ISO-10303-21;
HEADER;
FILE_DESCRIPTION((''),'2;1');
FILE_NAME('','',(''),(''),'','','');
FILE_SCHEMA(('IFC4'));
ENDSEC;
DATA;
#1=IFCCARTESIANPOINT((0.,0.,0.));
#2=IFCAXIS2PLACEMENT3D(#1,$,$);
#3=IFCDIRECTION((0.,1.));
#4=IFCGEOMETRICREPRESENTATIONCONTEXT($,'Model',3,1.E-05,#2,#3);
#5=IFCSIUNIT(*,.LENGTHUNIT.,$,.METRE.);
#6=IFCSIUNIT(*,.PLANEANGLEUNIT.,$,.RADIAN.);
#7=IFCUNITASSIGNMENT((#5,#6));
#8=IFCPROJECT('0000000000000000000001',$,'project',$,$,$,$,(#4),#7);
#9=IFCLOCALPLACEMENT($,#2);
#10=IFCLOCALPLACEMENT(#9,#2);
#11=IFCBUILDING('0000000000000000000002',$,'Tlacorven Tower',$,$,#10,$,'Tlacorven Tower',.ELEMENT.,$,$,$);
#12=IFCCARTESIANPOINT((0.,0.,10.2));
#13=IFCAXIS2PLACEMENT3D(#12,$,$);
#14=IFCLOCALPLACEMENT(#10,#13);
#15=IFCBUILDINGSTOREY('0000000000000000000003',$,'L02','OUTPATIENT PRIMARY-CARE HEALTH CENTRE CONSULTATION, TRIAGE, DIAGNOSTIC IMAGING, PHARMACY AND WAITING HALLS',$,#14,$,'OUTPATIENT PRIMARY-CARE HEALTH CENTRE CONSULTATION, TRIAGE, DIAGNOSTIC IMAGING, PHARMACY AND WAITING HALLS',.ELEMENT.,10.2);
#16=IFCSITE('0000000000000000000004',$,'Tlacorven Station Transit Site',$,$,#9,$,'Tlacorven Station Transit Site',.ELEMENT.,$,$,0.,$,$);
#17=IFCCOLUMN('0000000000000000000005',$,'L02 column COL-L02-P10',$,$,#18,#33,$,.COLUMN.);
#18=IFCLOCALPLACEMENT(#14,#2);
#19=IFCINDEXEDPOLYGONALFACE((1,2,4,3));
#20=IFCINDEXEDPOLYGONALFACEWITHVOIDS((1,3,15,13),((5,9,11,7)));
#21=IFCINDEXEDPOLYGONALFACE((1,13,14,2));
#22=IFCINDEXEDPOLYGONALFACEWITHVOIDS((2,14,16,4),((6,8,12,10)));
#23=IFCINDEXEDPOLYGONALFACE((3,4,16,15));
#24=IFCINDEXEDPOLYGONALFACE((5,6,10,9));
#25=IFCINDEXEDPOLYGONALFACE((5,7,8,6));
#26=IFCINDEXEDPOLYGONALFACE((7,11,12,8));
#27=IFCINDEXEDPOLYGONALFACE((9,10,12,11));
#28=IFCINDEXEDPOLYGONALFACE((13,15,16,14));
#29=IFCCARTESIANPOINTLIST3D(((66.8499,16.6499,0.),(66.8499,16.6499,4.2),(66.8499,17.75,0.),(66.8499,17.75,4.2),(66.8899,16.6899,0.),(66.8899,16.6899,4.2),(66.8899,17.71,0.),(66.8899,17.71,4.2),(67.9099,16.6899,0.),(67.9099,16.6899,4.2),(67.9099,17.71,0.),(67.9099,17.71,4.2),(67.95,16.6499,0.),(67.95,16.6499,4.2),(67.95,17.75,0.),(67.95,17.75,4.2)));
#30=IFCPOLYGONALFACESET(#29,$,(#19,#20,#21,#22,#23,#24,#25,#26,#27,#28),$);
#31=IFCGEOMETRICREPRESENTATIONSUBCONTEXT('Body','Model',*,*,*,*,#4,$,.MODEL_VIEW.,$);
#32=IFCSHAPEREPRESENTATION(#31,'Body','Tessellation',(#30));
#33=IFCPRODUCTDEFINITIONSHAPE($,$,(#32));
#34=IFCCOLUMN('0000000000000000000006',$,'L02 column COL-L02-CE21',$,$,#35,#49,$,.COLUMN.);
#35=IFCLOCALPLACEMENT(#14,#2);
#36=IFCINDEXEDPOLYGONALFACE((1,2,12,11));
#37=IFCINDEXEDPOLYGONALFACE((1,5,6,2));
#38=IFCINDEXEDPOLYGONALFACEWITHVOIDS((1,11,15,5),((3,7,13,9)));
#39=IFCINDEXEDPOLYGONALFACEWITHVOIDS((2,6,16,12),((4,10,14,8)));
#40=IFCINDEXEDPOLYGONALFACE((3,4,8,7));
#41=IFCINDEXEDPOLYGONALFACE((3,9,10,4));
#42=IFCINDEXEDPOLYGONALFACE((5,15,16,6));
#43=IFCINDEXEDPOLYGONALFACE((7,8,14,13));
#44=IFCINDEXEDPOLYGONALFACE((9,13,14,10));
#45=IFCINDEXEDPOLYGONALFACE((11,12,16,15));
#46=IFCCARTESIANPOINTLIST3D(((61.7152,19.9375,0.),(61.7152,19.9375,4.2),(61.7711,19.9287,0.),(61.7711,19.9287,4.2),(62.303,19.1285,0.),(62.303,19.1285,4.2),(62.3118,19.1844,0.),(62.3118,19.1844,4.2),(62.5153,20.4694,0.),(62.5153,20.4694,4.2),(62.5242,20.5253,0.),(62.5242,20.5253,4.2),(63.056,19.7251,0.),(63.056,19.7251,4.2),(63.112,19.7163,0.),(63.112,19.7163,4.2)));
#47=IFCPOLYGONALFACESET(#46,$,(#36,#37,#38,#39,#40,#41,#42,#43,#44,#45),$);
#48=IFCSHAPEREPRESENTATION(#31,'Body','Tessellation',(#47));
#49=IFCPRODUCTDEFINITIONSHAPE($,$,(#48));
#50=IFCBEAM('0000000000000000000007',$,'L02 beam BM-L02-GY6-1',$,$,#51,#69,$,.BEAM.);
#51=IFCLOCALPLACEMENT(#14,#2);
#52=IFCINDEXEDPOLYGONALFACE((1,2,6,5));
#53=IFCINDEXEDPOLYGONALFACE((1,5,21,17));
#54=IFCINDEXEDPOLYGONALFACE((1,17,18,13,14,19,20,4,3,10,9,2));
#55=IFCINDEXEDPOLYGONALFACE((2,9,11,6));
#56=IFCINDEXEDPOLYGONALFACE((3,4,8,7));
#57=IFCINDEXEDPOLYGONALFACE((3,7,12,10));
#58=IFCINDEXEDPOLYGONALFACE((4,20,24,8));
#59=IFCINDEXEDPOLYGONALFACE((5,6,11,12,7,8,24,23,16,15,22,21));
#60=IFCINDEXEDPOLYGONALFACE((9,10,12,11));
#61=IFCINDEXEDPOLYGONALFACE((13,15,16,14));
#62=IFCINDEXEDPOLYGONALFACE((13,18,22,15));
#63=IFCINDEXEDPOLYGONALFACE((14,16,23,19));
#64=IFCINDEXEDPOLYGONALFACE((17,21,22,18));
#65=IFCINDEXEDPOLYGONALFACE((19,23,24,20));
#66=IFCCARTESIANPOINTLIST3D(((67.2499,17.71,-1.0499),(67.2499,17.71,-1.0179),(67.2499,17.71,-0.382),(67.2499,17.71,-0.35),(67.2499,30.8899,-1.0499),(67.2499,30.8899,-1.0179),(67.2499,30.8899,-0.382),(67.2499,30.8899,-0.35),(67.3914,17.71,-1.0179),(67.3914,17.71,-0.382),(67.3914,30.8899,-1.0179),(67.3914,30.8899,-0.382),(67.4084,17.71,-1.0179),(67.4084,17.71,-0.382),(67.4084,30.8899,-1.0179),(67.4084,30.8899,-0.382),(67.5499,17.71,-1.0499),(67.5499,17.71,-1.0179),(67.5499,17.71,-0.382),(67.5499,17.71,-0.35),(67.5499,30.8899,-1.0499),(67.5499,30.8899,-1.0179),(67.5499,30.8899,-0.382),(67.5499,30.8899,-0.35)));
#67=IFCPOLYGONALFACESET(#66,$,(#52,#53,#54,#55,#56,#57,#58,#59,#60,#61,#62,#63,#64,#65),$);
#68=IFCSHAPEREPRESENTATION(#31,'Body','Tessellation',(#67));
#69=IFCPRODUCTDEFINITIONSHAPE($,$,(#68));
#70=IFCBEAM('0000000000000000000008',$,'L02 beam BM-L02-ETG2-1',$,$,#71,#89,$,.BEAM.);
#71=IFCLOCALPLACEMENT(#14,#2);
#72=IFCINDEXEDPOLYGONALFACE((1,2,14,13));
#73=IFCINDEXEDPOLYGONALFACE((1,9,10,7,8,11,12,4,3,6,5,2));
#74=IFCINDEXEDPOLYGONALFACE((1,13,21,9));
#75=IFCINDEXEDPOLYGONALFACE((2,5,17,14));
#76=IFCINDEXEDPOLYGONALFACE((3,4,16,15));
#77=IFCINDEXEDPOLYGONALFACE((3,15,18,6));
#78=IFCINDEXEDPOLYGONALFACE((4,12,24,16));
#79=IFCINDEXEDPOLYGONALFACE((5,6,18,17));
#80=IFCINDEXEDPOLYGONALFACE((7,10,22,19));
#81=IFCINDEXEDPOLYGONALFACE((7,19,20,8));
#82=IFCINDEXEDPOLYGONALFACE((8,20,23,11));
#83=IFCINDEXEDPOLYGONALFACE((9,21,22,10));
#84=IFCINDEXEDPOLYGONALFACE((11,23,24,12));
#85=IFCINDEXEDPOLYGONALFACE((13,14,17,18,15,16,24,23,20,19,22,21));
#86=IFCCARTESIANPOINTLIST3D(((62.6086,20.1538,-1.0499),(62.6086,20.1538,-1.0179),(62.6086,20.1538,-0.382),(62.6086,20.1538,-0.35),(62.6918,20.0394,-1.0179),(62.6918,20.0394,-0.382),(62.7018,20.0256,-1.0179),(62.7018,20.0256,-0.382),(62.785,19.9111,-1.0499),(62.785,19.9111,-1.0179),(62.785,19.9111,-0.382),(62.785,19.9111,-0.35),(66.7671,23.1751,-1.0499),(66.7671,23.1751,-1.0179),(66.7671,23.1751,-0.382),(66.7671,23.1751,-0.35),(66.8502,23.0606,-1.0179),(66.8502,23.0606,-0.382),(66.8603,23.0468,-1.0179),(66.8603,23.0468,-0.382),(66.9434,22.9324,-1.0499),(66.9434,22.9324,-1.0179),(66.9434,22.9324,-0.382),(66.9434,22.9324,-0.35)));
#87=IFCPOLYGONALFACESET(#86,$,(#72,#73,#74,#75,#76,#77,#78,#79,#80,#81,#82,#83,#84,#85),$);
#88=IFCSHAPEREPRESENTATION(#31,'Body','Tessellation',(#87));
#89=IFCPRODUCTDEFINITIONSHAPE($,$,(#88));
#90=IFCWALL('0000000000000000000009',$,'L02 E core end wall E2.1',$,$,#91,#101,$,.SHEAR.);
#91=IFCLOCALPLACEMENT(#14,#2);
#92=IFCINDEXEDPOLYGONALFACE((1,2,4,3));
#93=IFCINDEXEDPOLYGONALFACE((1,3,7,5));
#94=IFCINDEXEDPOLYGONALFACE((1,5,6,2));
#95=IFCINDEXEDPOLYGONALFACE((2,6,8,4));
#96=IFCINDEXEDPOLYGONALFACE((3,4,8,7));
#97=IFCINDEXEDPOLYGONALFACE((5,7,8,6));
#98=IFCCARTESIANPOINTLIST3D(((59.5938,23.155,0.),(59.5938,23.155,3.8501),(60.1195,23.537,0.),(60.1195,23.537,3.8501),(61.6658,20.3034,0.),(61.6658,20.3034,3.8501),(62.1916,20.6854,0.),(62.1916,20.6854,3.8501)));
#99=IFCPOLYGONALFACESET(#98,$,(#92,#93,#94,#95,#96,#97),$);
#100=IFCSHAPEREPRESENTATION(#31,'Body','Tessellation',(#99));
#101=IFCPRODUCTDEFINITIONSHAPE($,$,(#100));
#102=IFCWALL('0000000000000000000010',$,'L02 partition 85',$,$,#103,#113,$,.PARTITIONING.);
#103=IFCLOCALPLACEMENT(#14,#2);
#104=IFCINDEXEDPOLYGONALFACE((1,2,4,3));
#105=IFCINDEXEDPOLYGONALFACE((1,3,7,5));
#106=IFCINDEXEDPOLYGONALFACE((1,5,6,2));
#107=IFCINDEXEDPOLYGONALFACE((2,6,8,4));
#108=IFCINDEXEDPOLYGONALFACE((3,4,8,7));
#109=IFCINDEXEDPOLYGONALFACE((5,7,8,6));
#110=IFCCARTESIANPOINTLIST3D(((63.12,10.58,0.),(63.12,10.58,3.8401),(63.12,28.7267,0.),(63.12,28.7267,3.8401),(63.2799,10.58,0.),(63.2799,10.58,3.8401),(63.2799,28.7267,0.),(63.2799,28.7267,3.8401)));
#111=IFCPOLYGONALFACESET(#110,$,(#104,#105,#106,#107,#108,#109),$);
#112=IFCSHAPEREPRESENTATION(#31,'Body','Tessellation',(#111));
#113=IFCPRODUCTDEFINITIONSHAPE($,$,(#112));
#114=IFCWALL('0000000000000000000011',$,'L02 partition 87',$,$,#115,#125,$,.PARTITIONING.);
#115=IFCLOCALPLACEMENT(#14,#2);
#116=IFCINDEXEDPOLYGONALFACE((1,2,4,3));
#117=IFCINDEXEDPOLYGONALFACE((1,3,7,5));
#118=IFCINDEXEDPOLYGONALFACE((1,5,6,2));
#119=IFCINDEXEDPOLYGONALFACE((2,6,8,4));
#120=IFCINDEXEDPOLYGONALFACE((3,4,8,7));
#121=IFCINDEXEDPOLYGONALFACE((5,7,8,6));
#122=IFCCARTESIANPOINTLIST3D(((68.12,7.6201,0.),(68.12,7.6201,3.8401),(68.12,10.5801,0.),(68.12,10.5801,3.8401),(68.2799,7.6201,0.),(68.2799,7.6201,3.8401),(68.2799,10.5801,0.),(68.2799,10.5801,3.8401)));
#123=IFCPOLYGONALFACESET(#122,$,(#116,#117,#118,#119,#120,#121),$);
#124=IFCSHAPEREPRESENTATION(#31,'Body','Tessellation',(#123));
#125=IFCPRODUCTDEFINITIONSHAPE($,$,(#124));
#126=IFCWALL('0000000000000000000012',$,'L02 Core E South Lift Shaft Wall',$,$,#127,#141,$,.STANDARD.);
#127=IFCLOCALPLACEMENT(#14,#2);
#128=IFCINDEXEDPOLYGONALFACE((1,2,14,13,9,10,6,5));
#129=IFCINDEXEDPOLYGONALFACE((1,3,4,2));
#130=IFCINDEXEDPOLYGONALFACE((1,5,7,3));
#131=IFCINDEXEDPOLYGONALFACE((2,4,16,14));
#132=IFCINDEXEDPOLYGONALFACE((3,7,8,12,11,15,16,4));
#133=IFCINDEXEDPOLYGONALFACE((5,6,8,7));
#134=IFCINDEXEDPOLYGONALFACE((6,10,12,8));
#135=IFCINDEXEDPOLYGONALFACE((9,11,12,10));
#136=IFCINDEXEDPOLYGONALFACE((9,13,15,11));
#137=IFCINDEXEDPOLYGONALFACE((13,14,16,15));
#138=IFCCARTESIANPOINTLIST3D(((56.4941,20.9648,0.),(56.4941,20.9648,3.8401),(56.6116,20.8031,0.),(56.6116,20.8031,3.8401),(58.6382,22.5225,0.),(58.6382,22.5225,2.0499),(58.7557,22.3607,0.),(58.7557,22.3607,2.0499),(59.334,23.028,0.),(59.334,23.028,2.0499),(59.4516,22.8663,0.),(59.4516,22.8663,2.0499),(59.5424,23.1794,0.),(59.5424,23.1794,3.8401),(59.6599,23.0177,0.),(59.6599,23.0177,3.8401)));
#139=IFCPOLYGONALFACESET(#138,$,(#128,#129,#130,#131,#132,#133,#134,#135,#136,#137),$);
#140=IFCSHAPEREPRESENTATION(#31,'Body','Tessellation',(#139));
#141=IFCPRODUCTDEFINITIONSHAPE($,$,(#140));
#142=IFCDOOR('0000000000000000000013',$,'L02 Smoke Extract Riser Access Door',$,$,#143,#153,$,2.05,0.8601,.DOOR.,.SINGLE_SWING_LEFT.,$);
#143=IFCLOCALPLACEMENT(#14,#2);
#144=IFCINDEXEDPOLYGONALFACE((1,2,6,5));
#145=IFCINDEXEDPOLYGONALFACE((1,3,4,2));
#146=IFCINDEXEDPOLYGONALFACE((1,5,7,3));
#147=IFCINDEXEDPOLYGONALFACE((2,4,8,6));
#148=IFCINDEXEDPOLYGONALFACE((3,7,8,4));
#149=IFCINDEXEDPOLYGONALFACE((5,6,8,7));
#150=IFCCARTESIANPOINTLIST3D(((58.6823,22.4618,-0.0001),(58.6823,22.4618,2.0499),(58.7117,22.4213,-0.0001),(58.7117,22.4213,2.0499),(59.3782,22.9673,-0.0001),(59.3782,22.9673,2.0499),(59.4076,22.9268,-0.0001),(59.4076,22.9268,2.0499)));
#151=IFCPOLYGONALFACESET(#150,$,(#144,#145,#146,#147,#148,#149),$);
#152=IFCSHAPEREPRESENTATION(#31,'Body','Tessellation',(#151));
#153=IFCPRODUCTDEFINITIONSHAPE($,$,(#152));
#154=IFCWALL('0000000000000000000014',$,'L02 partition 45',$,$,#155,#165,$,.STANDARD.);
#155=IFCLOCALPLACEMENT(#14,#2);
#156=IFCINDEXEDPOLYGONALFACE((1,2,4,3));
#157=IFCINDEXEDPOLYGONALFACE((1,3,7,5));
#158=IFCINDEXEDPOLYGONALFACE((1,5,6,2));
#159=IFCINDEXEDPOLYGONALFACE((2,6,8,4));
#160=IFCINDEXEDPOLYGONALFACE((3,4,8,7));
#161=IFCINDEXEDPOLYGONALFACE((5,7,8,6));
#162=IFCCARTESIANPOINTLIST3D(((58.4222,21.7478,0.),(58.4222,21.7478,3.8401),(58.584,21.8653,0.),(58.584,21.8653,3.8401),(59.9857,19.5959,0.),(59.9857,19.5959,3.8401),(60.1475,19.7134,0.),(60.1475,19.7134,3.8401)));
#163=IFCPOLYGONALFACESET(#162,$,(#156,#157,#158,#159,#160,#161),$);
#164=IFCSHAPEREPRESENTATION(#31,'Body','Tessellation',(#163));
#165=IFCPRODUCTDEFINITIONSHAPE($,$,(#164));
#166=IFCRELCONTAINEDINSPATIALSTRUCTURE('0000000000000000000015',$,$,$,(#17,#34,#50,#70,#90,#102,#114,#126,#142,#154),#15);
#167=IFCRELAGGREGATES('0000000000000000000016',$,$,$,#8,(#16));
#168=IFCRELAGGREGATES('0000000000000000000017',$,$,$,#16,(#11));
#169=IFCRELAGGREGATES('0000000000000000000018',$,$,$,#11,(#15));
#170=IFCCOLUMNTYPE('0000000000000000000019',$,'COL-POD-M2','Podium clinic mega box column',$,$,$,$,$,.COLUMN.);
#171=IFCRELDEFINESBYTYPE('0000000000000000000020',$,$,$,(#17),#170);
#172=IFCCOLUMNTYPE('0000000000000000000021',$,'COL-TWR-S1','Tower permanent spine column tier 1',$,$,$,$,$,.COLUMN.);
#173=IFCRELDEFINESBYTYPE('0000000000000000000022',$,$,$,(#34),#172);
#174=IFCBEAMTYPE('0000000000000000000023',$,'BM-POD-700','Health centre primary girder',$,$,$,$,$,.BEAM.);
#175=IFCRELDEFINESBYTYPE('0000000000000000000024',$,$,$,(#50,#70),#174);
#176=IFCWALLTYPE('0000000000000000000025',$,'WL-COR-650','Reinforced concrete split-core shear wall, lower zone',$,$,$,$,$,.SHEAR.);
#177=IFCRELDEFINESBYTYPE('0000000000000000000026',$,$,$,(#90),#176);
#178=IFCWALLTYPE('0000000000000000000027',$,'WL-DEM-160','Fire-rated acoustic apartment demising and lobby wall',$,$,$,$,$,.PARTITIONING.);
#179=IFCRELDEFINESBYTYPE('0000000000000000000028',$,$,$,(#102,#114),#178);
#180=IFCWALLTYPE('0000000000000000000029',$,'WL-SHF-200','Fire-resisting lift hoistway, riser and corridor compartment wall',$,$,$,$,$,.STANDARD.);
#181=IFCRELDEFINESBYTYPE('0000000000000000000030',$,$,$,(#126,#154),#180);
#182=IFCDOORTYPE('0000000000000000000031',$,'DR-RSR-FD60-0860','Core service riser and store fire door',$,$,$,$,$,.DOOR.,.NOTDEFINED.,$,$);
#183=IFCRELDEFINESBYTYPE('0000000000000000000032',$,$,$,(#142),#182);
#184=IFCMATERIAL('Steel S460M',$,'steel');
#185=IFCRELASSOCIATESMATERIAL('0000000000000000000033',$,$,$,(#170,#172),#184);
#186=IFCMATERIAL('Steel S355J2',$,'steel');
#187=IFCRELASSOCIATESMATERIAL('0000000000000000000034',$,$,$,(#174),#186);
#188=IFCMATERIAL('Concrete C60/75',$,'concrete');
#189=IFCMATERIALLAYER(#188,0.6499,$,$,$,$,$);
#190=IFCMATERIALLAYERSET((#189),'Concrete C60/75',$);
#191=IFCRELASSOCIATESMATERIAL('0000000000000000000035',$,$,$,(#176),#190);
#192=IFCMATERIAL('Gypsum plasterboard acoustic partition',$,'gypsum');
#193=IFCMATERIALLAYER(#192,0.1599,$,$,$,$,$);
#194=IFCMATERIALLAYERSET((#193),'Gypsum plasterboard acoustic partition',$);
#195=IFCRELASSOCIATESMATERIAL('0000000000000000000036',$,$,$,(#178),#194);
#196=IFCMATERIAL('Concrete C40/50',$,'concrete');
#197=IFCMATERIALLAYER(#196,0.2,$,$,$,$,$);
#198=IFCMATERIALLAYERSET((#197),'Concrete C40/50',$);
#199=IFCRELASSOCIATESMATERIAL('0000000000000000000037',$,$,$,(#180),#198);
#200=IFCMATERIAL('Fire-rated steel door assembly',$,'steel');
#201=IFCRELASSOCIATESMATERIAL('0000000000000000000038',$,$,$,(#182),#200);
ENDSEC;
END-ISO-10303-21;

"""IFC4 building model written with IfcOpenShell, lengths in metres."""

from ifc_helpers import new_model, si_unit, direction, frame, frame_2d, origin, origin_2d, place, context, subcontext, project, spatial, rectangle, hollow_rectangle, i_section, extrude, source, transform, mapped, material, layer, layer_set, material_profile, profile_set, type_object, element, fill, save


model = new_model("IFC4")

# Units and contexts
model_context = context("Model", 3, precision=1e-05, world=origin(), true_north=direction((0.0, 1.0)))
body_context = subcontext(model_context, "Body", "Model", "MODEL_VIEW")
ifc_project = project(units=[si_unit("LENGTHUNIT", "METRE"), si_unit("PLANEANGLEUNIT", "RADIAN")], contexts=[model_context])

# Site, building, storey
site_placement = place(None, origin())
site = spatial("IfcSite", under=ifc_project, at=site_placement, Name="Tlacorven Station Transit Site", LongName="Tlacorven Station Transit Site", CompositionType="ELEMENT", RefElevation=0.0)
building_placement = place(site_placement, origin())
building = spatial("IfcBuilding", under=site, at=building_placement, Name="Tlacorven Tower", LongName="Tlacorven Tower", CompositionType="ELEMENT")
storey_placement = place(building_placement, frame((0.0, 0.0, 10.2)))
storey = spatial("IfcBuildingStorey", under=building, at=storey_placement, Name="L02", Description="OUTPATIENT PRIMARY-CARE HEALTH CENTRE CONSULTATION, TRIAGE, DIAGNOSTIC IMAGING, PHARMACY AND WAITING HALLS", LongName="OUTPATIENT PRIMARY-CARE HEALTH CENTRE CONSULTATION, TRIAGE, DIAGNOSTIC IMAGING, PHARMACY AND WAITING HALLS", CompositionType="ELEMENT", Elevation=10.2)

# Columns
ifc_material_1 = material(Name="Steel S460M", Category="steel")
ifc_material_profile_1 = material_profile(ifc_material_1, hollow_rectangle(XDim=1.1001, YDim=1.1001, WallThickness=0.04, at=origin_2d()), Name="BOX 1100X1100X40")
ifc_profile_set_1 = profile_set([ifc_material_profile_1], Name="Steel S460M")
column_type_1 = type_object("IfcColumnType", Name="COL-POD-M2", Description="Podium clinic mega box column", PredefinedType="COLUMN", material=ifc_profile_set_1)
shared_shape_1 = source(origin(), body_context, "Body", "SweptSolid", [
    extrude(hollow_rectangle(XDim=1.1001, YDim=1.1001, WallThickness=0.04, at=origin_2d()), origin(), (0.0, 0.0, 1.0), 4.2),
])
column_1_placement = place(storey_placement, frame((67.3999, 17.2, 0.0), z_axis=(0.0, 0.0, 1.0), x_axis=(1.0, 0.0, 0.0)))
element("IfcColumn", 1, at=column_1_placement, inside=storey, type_object=column_type_1, Name="L02 column COL-L02-P10", PredefinedType="COLUMN", context=body_context, shape_type="MappedRepresentation", body=[
    mapped(shared_shape_1, transform((0.0, 0.0, 0.0), scale=1.0)),
])
ifc_material_profile_2 = material_profile(ifc_material_1, hollow_rectangle(XDim=1.0, YDim=1.0, WallThickness=0.04, at=origin_2d()), Name="BOX 1000X1000X40")
ifc_profile_set_2 = profile_set([ifc_material_profile_2], Name="Steel S460M")
column_type_2 = type_object("IfcColumnType", Name="COL-TWR-S1", Description="Tower permanent spine column tier 1", PredefinedType="COLUMN", material=ifc_profile_set_2)
shared_shape_2 = source(origin(), body_context, "Body", "SweptSolid", [
    extrude(hollow_rectangle(XDim=1.0, YDim=1.0, WallThickness=0.04, at=origin_2d()), origin(), (0.0, 0.0, 1.0), 4.2),
])
column_2_placement = place(storey_placement, frame((62.4136, 19.8269, 0.0), z_axis=(0.0, 0.0, 1.0), x_axis=(0.809017, 0.587785, 0.0)))
element("IfcColumn", 2, at=column_2_placement, inside=storey, type_object=column_type_2, Name="L02 column COL-L02-CE21", PredefinedType="COLUMN", context=body_context, shape_type="MappedRepresentation", body=[
    mapped(shared_shape_2, transform((0.0, 0.0, 0.0), scale=1.0)),
])

# Beams
ifc_material_2 = material(Name="Steel S355J2", Category="steel")
ifc_material_profile_3 = material_profile(ifc_material_2, i_section(OverallWidth=0.3, OverallDepth=0.7, WebThickness=0.0171, FlangeThickness=0.032, at=origin_2d()), Name="HEB 700")
ifc_profile_set_3 = profile_set([ifc_material_profile_3], Name="Steel S355J2")
beam_type = type_object("IfcBeamType", Name="BM-POD-700", Description="Health centre primary girder", PredefinedType="BEAM", material=ifc_profile_set_3)
shared_shape_3 = source(origin(), body_context, "Body", "SweptSolid", [
    extrude(i_section(OverallWidth=0.3, OverallDepth=0.7, WebThickness=0.0171, FlangeThickness=0.032, at=origin_2d()), origin(), (0.0, 0.0, 1.0), 13.1799),
])
beam_1_placement = place(storey_placement, frame((67.3999, 17.71, -0.7), z_axis=(0.0, 1.0, 0.0), x_axis=(-1.0, 0.0, 0.0)))
element("IfcBeam", 3, at=beam_1_placement, inside=storey, type_object=beam_type, Name="L02 beam BM-L02-GY6-1", PredefinedType="BEAM", context=body_context, shape_type="MappedRepresentation", body=[
    mapped(shared_shape_3, transform((0.0, 0.0, 0.0), scale=1.0)),
])
shared_shape_4 = source(origin(), body_context, "Body", "SweptSolid", [
    extrude(i_section(OverallWidth=0.3, OverallDepth=0.7, WebThickness=0.0171, FlangeThickness=0.032, at=origin_2d()), origin(), (0.0, 0.0, 1.0), 5.1401),
])
beam_2_placement = place(storey_placement, frame((62.6968, 20.0325, -0.7), z_axis=(0.809021, 0.587779, 0.0), x_axis=(-0.587779, 0.809021, 0.0)))
element("IfcBeam", 4, at=beam_2_placement, inside=storey, type_object=beam_type, Name="L02 beam BM-L02-ETG2-1", PredefinedType="BEAM", context=body_context, shape_type="MappedRepresentation", body=[
    mapped(shared_shape_4, transform((0.0, 0.0, 0.0), scale=1.0)),
])

# Walls
ifc_material_3 = material(Name="Concrete C60/75", Category="concrete")
ifc_layer_1 = layer(ifc_material_3, 0.6499)
ifc_layer_set_1 = layer_set([ifc_layer_1], Name="Concrete C60/75")
wall_type_1 = type_object("IfcWallType", Name="WL-COR-650", Description="Reinforced concrete split-core shear wall, lower zone", PredefinedType="SHEAR", material=ifc_layer_set_1)
wall_1_placement = place(storey_placement, frame((61.9287, 20.4944, 0.0), z_axis=(0.0, 0.0, 1.0), x_axis=(-0.58783, 0.808985, 0.0)))
element("IfcWall", 5, at=wall_1_placement, inside=storey, type_object=wall_type_1, Name="L02 E core end wall E2.1", PredefinedType="SHEAR", context=body_context, shape_type="SweptSolid", body=[
    extrude(rectangle(XDim=3.5249, YDim=0.6499, at=frame_2d((1.7625, 0.0))), origin(), (0.0, 0.0, 1.0), 3.8501),
])
ifc_material_4 = material(Name="Gypsum plasterboard acoustic partition", Category="gypsum")
ifc_layer_2 = layer(ifc_material_4, 0.1599)
ifc_layer_set_2 = layer_set([ifc_layer_2], Name="Gypsum plasterboard acoustic partition")
wall_type_2 = type_object("IfcWallType", Name="WL-DEM-160", Description="Fire-rated acoustic apartment demising and lobby wall", PredefinedType="PARTITIONING", material=ifc_layer_set_2)
wall_2_placement = place(storey_placement, frame((63.2, 10.5801, 0.0), z_axis=(0.0, 0.0, 1.0), x_axis=(0.0, 1.0, 0.0)))
element("IfcWall", 6, at=wall_2_placement, inside=storey, type_object=wall_type_2, Name="L02 partition 85", PredefinedType="PARTITIONING", context=body_context, shape_type="SweptSolid", body=[
    extrude(rectangle(XDim=18.1467, YDim=0.1599, at=frame_2d((9.0732, 0.0))), origin(), (0.0, 0.0, 1.0), 3.8401),
])
wall_3_placement = place(storey_placement, frame((68.2, 7.6201, 0.0), z_axis=(0.0, 0.0, 1.0), x_axis=(0.0, 1.0, 0.0)))
element("IfcWall", 7, at=wall_3_placement, inside=storey, type_object=wall_type_2, Name="L02 partition 87", PredefinedType="PARTITIONING", context=body_context, shape_type="SweptSolid", body=[
    extrude(rectangle(XDim=2.96, YDim=0.1599, at=frame_2d((1.48, 0.0))), origin(), (0.0, 0.0, 1.0), 3.8401),
])

# Wall, opening, door
ifc_material_5 = material(Name="Concrete C40/50", Category="concrete")
ifc_layer_3 = layer(ifc_material_5, 0.2)
ifc_layer_set_3 = layer_set([ifc_layer_3], Name="Concrete C40/50")
wall_type_3 = type_object("IfcWallType", Name="WL-SHF-200", Description="Fire-resisting lift hoistway, riser and corridor compartment wall", PredefinedType="STANDARD", material=ifc_layer_set_3)
wall_4_placement = place(storey_placement, frame((56.553, 20.884, 0.0), z_axis=(0.0, 0.0, 1.0), x_axis=(0.809036, 0.587759, 0.0)))
wall_4 = element("IfcWall", 8, at=wall_4_placement, inside=storey, type_object=wall_type_3, Name="L02 Core E South Lift Shaft Wall", PredefinedType="STANDARD", context=body_context, shape_type="SweptSolid", body=[
    extrude(rectangle(XDim=3.7678, YDim=0.2, at=frame_2d((1.8838, 0.0))), origin(), (0.0, 0.0, 1.0), 3.8401),
])
opening_placement = place(wall_4_placement, frame((2.6499, 0.0, 0.0)))
opening = element("IfcOpeningElement", 9, at=opening_placement, cuts=wall_4, PredefinedType="OPENING", context=body_context, shape_type="SweptSolid", body=[
    extrude(rectangle(XDim=0.8601, YDim=2.05, at=frame_2d((0.4302, 1.0249))), frame((0.0, 0.1099, 0.0), z_axis=(0.0, -1.0, 0.0), x_axis=(1.0, 0.0, 0.0)), (0.0, 0.0, 1.0), 0.22),
])
ifc_material_6 = material(Name="Fire-rated steel door assembly", Category="steel")
door_type = type_object("IfcDoorType", Name="DR-RSR-FD60-0860", Description="Core service riser and store fire door", OperationType="NOTDEFINED", PredefinedType="DOOR", material=ifc_material_6)
shared_shape_5 = source(origin(), body_context, "Body", "SweptSolid", [
    extrude(rectangle(XDim=0.8601, YDim=2.05, at=frame_2d((0.4302, 1.0249))), frame((0.0, 0.0249, 0.0), z_axis=(0.0, -1.0, 0.0), x_axis=(1.0, 0.0, 0.0)), (0.0, 0.0, 1.0), 0.05),
])
door_placement = place(opening_placement, origin())
door = element("IfcDoor", 10, at=door_placement, inside=storey, type_object=door_type, Name="L02 Smoke Extract Riser Access Door", OperationType="SINGLE_SWING_LEFT", OverallHeight=2.05, OverallWidth=0.8601, PredefinedType="DOOR", context=body_context, shape_type="MappedRepresentation", body=[
    mapped(shared_shape_5, transform((0.0, 0.0, 0.0), scale=1.0)),
])
fill(opening, door)

# Wall
wall_5_placement = place(storey_placement, frame((60.0667, 19.6545, 0.0), z_axis=(0.0, 0.0, 1.0), x_axis=(-0.587801, 0.809006, 0.0)))
element("IfcWall", 11, at=wall_5_placement, inside=storey, type_object=wall_type_3, Name="L02 partition 45", PredefinedType="STANDARD", context=body_context, shape_type="SweptSolid", body=[
    extrude(rectangle(XDim=2.6599, YDim=0.2, at=frame_2d((1.3301, 0.0))), origin(), (0.0, 0.0, 1.0), 3.8401),
])

save(model, "model.ifc")
